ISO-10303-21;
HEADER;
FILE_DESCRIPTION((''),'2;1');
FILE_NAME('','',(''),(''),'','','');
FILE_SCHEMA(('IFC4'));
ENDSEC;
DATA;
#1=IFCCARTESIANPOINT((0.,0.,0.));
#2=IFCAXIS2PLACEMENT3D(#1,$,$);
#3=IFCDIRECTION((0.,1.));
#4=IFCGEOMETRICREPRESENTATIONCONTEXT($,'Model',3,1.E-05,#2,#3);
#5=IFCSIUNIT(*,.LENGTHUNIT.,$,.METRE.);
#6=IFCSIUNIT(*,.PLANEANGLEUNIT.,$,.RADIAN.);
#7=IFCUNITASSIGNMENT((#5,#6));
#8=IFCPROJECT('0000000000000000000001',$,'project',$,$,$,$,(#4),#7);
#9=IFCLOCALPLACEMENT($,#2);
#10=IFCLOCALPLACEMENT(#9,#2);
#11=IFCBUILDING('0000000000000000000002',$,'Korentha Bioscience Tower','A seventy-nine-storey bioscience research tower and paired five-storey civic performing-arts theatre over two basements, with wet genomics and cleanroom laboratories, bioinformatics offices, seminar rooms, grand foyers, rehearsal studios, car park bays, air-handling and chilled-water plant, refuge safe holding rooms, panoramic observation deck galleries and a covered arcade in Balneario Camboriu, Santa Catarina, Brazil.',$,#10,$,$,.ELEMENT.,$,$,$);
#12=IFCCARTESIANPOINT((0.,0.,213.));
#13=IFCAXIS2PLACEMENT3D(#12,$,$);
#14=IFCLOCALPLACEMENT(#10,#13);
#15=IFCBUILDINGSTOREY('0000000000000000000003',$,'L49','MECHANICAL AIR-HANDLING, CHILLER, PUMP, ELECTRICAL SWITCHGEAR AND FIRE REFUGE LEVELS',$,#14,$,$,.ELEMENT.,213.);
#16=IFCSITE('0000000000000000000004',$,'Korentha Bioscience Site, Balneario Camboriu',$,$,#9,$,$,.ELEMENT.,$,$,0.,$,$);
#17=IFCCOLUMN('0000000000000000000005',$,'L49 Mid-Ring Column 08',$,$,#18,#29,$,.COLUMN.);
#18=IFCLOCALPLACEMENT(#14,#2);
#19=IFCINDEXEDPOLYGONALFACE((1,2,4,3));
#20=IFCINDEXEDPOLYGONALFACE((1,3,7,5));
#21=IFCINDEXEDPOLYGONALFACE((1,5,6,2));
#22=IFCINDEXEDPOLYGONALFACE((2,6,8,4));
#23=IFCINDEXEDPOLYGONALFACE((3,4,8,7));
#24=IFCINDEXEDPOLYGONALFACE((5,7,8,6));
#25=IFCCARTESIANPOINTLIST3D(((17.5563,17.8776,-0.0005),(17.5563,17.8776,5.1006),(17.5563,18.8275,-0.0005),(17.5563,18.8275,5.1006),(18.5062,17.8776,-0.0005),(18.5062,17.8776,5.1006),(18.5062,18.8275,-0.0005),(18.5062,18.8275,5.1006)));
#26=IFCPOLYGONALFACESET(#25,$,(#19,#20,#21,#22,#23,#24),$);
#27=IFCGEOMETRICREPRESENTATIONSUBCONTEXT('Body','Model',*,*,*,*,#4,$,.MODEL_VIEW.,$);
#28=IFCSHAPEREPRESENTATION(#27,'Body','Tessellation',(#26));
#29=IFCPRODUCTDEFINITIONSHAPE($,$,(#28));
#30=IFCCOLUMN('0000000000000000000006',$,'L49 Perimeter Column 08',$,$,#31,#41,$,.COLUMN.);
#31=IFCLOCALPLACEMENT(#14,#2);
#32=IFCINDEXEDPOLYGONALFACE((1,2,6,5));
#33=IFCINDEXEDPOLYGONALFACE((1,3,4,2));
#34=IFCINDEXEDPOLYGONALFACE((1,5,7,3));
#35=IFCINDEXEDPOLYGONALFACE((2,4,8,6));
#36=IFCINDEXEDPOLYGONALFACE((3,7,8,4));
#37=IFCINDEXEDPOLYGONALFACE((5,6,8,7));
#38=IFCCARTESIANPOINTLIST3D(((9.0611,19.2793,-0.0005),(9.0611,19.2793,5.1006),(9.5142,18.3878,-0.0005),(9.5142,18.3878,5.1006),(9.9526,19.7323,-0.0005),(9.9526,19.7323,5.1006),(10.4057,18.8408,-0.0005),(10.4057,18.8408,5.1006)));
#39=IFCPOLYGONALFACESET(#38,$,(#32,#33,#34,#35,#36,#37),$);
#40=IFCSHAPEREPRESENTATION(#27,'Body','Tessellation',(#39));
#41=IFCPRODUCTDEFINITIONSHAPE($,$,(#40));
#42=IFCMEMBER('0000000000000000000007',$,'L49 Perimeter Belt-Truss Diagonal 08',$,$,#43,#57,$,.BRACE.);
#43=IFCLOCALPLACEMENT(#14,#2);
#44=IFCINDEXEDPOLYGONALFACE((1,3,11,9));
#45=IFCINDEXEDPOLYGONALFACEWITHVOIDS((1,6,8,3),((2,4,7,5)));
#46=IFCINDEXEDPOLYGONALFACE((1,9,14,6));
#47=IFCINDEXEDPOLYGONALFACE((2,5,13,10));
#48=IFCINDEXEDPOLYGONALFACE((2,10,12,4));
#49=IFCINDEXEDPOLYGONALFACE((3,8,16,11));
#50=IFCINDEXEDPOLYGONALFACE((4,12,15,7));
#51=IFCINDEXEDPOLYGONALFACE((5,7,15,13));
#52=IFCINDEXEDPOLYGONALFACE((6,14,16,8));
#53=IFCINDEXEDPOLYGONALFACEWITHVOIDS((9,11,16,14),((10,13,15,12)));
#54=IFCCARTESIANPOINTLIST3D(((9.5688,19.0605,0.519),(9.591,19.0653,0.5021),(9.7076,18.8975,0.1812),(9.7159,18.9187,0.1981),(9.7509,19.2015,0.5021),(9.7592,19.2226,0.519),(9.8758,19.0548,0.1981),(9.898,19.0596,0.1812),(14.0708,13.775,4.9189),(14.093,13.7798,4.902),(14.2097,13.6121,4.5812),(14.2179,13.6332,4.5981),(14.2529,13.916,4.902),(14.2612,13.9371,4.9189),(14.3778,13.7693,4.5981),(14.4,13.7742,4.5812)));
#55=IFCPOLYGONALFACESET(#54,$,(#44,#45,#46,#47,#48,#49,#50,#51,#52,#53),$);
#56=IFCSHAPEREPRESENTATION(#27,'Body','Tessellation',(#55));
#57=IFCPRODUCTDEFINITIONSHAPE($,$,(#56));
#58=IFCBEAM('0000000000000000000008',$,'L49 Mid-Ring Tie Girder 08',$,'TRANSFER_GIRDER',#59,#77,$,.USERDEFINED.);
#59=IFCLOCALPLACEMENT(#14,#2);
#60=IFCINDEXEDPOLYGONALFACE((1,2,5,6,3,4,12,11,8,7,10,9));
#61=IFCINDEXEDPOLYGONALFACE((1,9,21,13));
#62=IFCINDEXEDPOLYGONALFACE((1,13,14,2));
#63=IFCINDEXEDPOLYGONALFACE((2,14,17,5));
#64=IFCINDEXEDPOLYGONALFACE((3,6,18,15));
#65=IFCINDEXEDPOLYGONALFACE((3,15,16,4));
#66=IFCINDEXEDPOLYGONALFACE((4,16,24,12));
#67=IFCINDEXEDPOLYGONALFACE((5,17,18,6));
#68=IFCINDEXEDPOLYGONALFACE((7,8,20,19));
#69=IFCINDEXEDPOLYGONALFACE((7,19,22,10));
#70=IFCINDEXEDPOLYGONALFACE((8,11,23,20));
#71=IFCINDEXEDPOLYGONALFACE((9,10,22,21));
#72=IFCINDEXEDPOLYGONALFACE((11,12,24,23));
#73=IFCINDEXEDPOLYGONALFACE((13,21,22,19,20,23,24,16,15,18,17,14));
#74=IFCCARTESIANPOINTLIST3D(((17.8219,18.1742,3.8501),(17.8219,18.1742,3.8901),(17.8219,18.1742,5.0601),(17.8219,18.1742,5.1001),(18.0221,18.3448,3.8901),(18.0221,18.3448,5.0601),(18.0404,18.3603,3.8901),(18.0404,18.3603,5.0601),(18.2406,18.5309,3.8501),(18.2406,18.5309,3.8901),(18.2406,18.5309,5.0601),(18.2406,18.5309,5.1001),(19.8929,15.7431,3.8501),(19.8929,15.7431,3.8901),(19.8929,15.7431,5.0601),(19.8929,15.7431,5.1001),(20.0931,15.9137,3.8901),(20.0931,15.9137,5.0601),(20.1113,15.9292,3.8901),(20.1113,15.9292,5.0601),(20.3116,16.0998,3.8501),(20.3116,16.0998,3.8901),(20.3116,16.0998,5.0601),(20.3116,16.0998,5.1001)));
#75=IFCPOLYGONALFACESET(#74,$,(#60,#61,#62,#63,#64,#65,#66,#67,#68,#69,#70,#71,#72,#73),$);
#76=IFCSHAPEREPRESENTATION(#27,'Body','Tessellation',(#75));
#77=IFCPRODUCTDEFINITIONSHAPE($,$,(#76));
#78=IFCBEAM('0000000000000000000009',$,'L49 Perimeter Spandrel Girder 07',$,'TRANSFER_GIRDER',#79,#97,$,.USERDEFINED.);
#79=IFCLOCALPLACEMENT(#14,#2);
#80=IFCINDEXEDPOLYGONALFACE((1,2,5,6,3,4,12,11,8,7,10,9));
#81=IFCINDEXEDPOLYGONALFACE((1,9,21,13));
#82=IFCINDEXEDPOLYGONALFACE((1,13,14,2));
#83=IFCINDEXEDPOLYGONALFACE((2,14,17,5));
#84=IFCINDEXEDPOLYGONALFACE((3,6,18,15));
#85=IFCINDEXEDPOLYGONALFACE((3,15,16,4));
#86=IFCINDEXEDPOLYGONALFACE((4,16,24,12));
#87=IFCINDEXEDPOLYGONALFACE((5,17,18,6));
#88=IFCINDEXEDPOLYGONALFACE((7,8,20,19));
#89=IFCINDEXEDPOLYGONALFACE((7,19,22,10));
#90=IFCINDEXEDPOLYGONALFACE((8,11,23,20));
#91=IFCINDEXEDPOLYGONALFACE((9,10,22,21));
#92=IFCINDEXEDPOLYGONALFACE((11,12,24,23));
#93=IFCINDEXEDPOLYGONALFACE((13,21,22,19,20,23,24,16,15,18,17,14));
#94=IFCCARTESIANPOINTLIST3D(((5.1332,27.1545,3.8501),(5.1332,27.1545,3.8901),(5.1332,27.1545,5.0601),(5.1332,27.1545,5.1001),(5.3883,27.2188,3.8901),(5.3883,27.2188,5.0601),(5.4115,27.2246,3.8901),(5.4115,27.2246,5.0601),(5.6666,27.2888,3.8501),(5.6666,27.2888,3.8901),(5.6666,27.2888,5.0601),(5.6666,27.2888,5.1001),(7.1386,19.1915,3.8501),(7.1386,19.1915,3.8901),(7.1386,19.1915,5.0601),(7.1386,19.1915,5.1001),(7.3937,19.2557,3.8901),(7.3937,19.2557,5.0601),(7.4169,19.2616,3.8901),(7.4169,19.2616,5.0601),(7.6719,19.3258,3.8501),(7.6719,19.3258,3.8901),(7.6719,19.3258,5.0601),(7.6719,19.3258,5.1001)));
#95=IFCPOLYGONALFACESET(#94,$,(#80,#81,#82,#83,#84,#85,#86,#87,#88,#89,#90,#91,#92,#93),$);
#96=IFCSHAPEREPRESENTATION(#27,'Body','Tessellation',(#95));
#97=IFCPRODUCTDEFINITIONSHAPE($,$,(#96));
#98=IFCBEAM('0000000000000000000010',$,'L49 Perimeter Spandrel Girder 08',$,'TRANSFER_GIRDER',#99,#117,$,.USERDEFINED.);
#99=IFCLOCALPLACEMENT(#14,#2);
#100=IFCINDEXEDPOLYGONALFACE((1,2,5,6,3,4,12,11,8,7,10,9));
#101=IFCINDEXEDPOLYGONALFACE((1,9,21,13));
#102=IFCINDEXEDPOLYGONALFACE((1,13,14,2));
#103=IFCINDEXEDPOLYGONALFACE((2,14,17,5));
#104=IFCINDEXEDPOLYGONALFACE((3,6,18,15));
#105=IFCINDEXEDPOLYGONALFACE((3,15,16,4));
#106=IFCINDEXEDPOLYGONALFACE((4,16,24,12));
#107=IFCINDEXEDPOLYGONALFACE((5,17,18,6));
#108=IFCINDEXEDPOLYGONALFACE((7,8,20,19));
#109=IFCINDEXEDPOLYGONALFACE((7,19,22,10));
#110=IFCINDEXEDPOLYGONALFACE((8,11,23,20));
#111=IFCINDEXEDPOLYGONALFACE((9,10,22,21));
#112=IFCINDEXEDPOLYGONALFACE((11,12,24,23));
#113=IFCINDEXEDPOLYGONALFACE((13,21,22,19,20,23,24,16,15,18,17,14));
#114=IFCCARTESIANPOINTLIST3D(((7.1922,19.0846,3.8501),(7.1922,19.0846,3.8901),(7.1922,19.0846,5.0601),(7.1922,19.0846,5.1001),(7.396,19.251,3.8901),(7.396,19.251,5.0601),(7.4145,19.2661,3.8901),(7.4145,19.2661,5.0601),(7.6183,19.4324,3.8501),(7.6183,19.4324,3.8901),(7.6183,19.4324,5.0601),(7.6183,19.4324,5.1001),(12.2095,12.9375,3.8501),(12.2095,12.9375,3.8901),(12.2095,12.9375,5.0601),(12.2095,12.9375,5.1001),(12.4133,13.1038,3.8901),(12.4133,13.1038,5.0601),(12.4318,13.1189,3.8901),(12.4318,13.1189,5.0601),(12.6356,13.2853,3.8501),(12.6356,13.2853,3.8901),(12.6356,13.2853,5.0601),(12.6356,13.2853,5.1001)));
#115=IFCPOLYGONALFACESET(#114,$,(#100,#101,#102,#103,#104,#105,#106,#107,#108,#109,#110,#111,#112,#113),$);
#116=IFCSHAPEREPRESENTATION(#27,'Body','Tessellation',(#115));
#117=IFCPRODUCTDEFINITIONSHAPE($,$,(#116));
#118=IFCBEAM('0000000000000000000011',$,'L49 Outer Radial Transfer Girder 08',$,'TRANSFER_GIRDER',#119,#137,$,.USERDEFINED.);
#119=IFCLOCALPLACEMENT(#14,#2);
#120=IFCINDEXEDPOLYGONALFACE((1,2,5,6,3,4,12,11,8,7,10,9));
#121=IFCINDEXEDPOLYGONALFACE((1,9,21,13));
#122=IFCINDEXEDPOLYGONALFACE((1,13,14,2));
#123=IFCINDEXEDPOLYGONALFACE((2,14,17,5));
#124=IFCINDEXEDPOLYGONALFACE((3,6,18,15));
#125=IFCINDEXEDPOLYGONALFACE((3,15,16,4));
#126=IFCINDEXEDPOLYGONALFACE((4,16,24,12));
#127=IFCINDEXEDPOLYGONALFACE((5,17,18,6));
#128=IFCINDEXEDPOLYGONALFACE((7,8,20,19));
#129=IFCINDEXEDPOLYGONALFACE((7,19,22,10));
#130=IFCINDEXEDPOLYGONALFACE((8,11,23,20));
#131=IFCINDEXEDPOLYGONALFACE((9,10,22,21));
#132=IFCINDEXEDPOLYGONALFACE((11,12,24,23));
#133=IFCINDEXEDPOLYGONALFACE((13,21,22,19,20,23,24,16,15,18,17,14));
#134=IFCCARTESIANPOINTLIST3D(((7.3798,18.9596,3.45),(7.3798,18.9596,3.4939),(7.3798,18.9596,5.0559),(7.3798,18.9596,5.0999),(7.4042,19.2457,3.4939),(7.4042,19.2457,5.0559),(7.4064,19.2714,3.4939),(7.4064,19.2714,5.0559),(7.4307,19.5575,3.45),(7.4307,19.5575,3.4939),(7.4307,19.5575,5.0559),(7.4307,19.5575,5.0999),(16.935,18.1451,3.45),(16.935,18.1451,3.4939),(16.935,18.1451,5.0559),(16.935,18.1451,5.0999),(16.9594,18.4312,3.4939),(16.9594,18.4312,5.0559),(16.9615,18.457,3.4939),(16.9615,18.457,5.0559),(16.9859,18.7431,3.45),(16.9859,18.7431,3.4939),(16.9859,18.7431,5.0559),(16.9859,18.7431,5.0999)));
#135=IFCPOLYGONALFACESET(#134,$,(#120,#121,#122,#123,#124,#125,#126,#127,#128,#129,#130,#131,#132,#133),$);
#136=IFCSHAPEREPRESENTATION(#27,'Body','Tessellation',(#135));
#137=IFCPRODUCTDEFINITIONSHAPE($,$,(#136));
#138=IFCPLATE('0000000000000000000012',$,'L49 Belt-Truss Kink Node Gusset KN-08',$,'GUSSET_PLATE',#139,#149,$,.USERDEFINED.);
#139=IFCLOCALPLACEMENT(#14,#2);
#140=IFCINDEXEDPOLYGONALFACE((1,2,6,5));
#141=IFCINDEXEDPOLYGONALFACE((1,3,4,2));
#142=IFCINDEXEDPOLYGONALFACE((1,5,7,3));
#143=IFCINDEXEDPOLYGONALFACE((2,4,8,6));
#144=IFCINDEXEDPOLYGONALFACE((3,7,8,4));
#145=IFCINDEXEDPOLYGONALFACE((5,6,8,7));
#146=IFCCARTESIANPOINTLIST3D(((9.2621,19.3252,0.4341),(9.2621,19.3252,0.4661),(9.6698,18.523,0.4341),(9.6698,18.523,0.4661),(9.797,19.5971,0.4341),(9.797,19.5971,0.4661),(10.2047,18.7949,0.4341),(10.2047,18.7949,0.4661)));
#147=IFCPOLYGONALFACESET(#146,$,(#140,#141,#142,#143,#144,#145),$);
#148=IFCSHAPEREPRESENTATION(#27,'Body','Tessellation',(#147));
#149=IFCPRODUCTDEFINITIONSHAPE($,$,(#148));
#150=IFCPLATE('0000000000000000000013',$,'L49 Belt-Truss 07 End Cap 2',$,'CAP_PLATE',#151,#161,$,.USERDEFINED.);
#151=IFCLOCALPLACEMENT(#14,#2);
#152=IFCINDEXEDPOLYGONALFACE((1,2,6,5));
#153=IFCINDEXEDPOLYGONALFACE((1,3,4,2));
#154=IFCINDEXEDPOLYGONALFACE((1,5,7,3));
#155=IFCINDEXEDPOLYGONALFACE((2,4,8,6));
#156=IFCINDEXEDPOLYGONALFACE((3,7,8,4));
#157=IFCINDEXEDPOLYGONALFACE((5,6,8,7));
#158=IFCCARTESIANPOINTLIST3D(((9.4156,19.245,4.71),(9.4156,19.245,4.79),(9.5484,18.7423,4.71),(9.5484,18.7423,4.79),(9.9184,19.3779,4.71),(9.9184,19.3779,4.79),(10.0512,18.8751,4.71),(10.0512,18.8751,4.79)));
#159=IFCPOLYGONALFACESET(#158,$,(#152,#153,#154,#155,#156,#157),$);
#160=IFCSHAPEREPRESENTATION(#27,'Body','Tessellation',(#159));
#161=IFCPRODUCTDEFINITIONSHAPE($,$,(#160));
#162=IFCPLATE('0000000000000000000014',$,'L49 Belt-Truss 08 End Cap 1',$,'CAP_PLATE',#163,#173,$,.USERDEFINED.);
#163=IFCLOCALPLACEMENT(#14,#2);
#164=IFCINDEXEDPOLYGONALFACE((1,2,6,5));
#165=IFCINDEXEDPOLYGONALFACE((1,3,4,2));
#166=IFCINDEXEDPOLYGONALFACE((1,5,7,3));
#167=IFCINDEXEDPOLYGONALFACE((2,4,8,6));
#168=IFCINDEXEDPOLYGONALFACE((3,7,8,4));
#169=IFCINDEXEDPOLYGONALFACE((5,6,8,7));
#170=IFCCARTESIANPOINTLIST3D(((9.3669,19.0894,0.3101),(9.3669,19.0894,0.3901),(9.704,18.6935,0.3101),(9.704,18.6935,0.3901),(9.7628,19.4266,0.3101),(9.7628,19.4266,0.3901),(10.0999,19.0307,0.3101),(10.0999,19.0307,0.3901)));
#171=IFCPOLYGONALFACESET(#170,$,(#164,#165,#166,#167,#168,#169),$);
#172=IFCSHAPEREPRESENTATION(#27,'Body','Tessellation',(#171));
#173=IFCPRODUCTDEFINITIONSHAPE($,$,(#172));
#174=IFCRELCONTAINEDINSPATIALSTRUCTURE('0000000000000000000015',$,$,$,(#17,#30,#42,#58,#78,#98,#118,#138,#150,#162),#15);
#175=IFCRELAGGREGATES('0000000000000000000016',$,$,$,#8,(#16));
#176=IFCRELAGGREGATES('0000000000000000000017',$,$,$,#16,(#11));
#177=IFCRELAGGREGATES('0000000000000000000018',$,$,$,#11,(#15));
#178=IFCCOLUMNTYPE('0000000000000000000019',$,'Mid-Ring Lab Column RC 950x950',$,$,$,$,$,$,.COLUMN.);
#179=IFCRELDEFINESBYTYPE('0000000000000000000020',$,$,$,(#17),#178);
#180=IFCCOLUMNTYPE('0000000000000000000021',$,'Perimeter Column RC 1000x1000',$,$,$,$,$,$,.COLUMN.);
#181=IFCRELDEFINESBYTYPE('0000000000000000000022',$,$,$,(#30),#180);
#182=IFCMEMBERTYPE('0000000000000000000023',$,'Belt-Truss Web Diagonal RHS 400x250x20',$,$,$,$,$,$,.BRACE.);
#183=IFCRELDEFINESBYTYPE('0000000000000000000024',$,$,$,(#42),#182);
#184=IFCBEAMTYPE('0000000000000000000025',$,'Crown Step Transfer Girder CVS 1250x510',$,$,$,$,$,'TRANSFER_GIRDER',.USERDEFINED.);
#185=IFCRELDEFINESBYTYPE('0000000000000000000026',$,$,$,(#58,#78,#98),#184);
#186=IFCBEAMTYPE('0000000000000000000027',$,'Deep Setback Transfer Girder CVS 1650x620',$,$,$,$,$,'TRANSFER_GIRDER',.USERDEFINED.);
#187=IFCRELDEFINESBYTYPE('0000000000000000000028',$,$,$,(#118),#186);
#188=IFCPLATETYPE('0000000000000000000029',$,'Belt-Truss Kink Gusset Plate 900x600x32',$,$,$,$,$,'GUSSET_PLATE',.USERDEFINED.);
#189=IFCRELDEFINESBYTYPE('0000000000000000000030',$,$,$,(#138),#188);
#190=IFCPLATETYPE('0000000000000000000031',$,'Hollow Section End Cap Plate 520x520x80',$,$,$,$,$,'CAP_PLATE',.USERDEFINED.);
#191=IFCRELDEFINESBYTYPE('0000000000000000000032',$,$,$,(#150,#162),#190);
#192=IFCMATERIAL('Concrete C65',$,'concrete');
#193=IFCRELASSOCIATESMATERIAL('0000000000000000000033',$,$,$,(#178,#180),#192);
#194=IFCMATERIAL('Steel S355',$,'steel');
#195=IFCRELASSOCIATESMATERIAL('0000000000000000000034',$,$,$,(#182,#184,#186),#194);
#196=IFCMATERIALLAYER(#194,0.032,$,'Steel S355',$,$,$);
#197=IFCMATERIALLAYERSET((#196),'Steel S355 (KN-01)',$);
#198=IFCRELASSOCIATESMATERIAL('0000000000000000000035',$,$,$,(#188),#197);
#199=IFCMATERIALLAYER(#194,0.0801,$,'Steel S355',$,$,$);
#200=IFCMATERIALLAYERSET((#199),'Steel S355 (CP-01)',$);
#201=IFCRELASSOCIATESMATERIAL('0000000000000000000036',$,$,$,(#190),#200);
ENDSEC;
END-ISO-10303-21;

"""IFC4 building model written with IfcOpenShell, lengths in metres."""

from ifc_helpers import new_model, si_unit, direction, frame, origin, origin_2d, place, context, subcontext, project, spatial, rectangle, hollow_rectangle, i_section, extrude, material, layer, layer_set, material_profile, profile_set, type_object, element, save


model = new_model("IFC4")

# Units and contexts
model_context = context("Model", 3, precision=1e-05, world=origin(), true_north=direction((0.0, 1.0)))
body_context = subcontext(model_context, "Body", "Model", "MODEL_VIEW")
ifc_project = project(units=[si_unit("LENGTHUNIT", "METRE"), si_unit("PLANEANGLEUNIT", "RADIAN")], contexts=[model_context])

# Site, building, storey
site_placement = place(None, origin())
site = spatial("IfcSite", under=ifc_project, at=site_placement, Name="Korentha Bioscience Site, Balneario Camboriu", CompositionType="ELEMENT", RefElevation=0.0)
building_placement = place(site_placement, origin())
building = spatial("IfcBuilding", under=site, at=building_placement, Name="Korentha Bioscience Tower", Description="A seventy-nine-storey bioscience research tower and paired five-storey civic performing-arts theatre over two basements, with wet genomics and cleanroom laboratories, bioinformatics offices, seminar rooms, grand foyers, rehearsal studios, car park bays, air-handling and chilled-water plant, refuge safe holding rooms, panoramic observation deck galleries and a covered arcade in Balneario Camboriu, Santa Catarina, Brazil.", CompositionType="ELEMENT")
storey_placement = place(building_placement, frame((0.0, 0.0, 213.0)))
storey = spatial("IfcBuildingStorey", under=building, at=storey_placement, Name="L49", Description="MECHANICAL AIR-HANDLING, CHILLER, PUMP, ELECTRICAL SWITCHGEAR AND FIRE REFUGE LEVELS", CompositionType="ELEMENT", Elevation=213.0)

# Columns
ifc_material_1 = material(Name="Concrete C65", Category="concrete")
ifc_material_profile_1 = material_profile(ifc_material_1, rectangle(XDim=0.95, YDim=0.95, at=origin_2d()), Name="Concrete C65")
ifc_profile_set_1 = profile_set([ifc_material_profile_1], Name="Concrete C65 (COL-MR09)")
column_type_1 = type_object("IfcColumnType", Name="Mid-Ring Lab Column RC 950x950", PredefinedType="COLUMN", material=ifc_profile_set_1)
column_1_placement = place(storey_placement, frame((18.0312, 18.3525, -0.0005), z_axis=(0.0, 0.0, 1.0), x_axis=(1.0, 0.0, 0.0)))
element("IfcColumn", 1, at=column_1_placement, inside=storey, type_object=column_type_1, Name="L49 Mid-Ring Column 08", PredefinedType="COLUMN", context=body_context, shape_type="SweptSolid", body=[
    extrude(rectangle(XDim=0.95, YDim=0.95, at=origin_2d()), origin(), (0.0, 0.0, 1.0), 5.1011),
])
ifc_material_profile_2 = material_profile(ifc_material_1, rectangle(XDim=1.0, YDim=1.0, at=origin_2d()), Name="Concrete C65")
ifc_profile_set_2 = profile_set([ifc_material_profile_2], Name="Concrete C65 (COL-P10)")
column_type_2 = type_object("IfcColumnType", Name="Perimeter Column RC 1000x1000", PredefinedType="COLUMN", material=ifc_profile_set_2)
column_2_placement = place(storey_placement, frame((9.7334, 19.0601, -0.0005), z_axis=(0.0, 0.0, 1.0), x_axis=(-0.453057, 0.891481, 0.0)))
element("IfcColumn", 2, at=column_2_placement, inside=storey, type_object=column_type_2, Name="L49 Perimeter Column 08", PredefinedType="COLUMN", context=body_context, shape_type="SweptSolid", body=[
    extrude(rectangle(XDim=1.0, YDim=1.0, at=origin_2d()), origin(), (0.0, 0.0, 1.0), 5.1011),
])

# Member
ifc_material_2 = material(Name="Steel S355", Category="steel")
ifc_material_profile_3 = material_profile(ifc_material_2, hollow_rectangle(XDim=0.25, YDim=0.3999, WallThickness=0.02, at=origin_2d()), Name="Steel S355")
ifc_profile_set_3 = profile_set([ifc_material_profile_3], Name="Steel S355 (BT-D400)")
member_type = type_object("IfcMemberType", Name="Belt-Truss Web Diagonal RHS 400x250x20", PredefinedType="BRACE", material=ifc_profile_set_3)
member_placement = place(storey_placement, frame((9.7334, 19.0601, 0.3501), z_axis=(0.547708, -0.643022, 0.535293), x_axis=(0.761273, 0.648431, 0.0)))
element("IfcMember", 3, at=member_placement, inside=storey, type_object=member_type, Name="L49 Perimeter Belt-Truss Diagonal 08", PredefinedType="BRACE", context=body_context, shape_type="SweptSolid", body=[
    extrude(hollow_rectangle(XDim=0.25, YDim=0.3999, WallThickness=0.02, at=origin_2d()), origin(), (0.0, 0.0, 1.0), 8.2197),
])

# Beams
ifc_material_profile_4 = material_profile(ifc_material_2, i_section(OverallWidth=0.55, OverallDepth=1.25, WebThickness=0.0239, FlangeThickness=0.04, at=origin_2d()), Name="Steel S355")
ifc_profile_set_4 = profile_set([ifc_material_profile_4], Name="Steel S355 (TG-03)")
beam_type_1 = type_object("IfcBeamType", Name="Crown Step Transfer Girder CVS 1250x510", ElementType="TRANSFER_GIRDER", PredefinedType="USERDEFINED", material=ifc_profile_set_4)
beam_1_placement = place(storey_placement, frame((18.0312, 18.3525, 4.4751), z_axis=(0.648478, -0.761233, 0.0), x_axis=(0.761233, 0.648478, 0.0)))
element("IfcBeam", 4, at=beam_1_placement, inside=storey, type_object=beam_type_1, Name="L49 Mid-Ring Tie Girder 08", ObjectType="TRANSFER_GIRDER", PredefinedType="USERDEFINED", context=body_context, shape_type="SweptSolid", body=[
    extrude(i_section(OverallWidth=0.55, OverallDepth=1.25, WebThickness=0.0239, FlangeThickness=0.04, at=origin_2d()), origin(), (0.0, 0.0, 1.0), 3.1936),
])
beam_2_placement = place(storey_placement, frame((5.3999, 27.2217, 4.4751), z_axis=(0.244207, -0.969723, 0.0), x_axis=(0.969723, 0.244207, 0.0)))
element("IfcBeam", 5, at=beam_2_placement, inside=storey, type_object=beam_type_1, Name="L49 Perimeter Spandrel Girder 07", ObjectType="TRANSFER_GIRDER", PredefinedType="USERDEFINED", context=body_context, shape_type="SweptSolid", body=[
    extrude(i_section(OverallWidth=0.55, OverallDepth=1.25, WebThickness=0.0239, FlangeThickness=0.04, at=origin_2d()), origin(), (0.0, 0.0, 1.0), 8.2117),
])
beam_3_placement = place(storey_placement, frame((7.4053, 19.2585, 4.4751), z_axis=(0.632316, -0.774711, 0.0), x_axis=(0.774711, 0.632316, 0.0)))
element("IfcBeam", 6, at=beam_3_placement, inside=storey, type_object=beam_type_1, Name="L49 Perimeter Spandrel Girder 08", ObjectType="TRANSFER_GIRDER", PredefinedType="USERDEFINED", context=body_context, shape_type="SweptSolid", body=[
    extrude(i_section(OverallWidth=0.55, OverallDepth=1.25, WebThickness=0.0239, FlangeThickness=0.04, at=origin_2d()), origin(), (0.0, 0.0, 1.0), 7.9348),
])
ifc_material_profile_5 = material_profile(ifc_material_2, i_section(OverallWidth=0.6001, OverallDepth=1.6499, WebThickness=0.0259, FlangeThickness=0.0439, at=origin_2d()), Name="Steel S355")
ifc_profile_set_5 = profile_set([ifc_material_profile_5], Name="Steel S355 (TG-04)")
beam_type_2 = type_object("IfcBeamType", Name="Deep Setback Transfer Girder CVS 1650x620", ElementType="TRANSFER_GIRDER", PredefinedType="USERDEFINED", material=ifc_profile_set_5)
beam_4_placement = place(storey_placement, frame((16.9604, 18.4441, 4.2749), z_axis=(-0.996387, 0.084929, 0.0), x_axis=(-0.084929, -0.996387, 0.0)))
element("IfcBeam", 7, at=beam_4_placement, inside=storey, type_object=beam_type_2, Name="L49 Outer Radial Transfer Girder 08", ObjectType="TRANSFER_GIRDER", PredefinedType="USERDEFINED", context=body_context, shape_type="SweptSolid", body=[
    extrude(i_section(OverallWidth=0.6001, OverallDepth=1.6499, WebThickness=0.0259, FlangeThickness=0.0439, at=origin_2d()), origin(), (0.0, 0.0, 1.0), 9.5898),
])

# Plates
ifc_layer_1 = layer(ifc_material_2, 0.032, Name="Steel S355")
ifc_layer_set_1 = layer_set([ifc_layer_1], Name="Steel S355 (KN-01)")
plate_type_1 = type_object("IfcPlateType", Name="Belt-Truss Kink Gusset Plate 900x600x32", ElementType="GUSSET_PLATE", PredefinedType="USERDEFINED", material=ifc_layer_set_1)
plate_placement = place(storey_placement, frame((9.7334, 19.0601, 0.4341), z_axis=(0.0, 0.0, 1.0), x_axis=(-0.453057, 0.891481, 0.0)))
element("IfcPlate", 8, at=plate_placement, inside=storey, type_object=plate_type_1, Name="L49 Belt-Truss Kink Node Gusset KN-08", ObjectType="GUSSET_PLATE", PredefinedType="USERDEFINED", context=body_context, shape_type="SweptSolid", body=[
    extrude(rectangle(XDim=0.8999, YDim=0.6001, at=origin_2d()), origin(), (0.0, 0.0, 1.0), 0.032),
])
ifc_layer_2 = layer(ifc_material_2, 0.0801, Name="Steel S355")
ifc_layer_set_2 = layer_set([ifc_layer_2], Name="Steel S355 (CP-01)")
plate_type_2 = type_object("IfcPlateType", Name="Hollow Section End Cap Plate 520x520x80", ElementType="CAP_PLATE", PredefinedType="USERDEFINED", material=ifc_layer_set_2)
for number, where, z_axis, x_axis, name in (
    (9, (9.7334, 19.0601, 4.71), (0.0, 0.0, 1.0), (-0.255446, 0.966823, 0.0), "L49 Belt-Truss 07 End Cap 2"),
    (10, (9.7334, 19.0601, 0.3101), (0.0, 0.0, 1.0), (-0.648386, 0.761312, 0.0), "L49 Belt-Truss 08 End Cap 1"),
):
    element("IfcPlate", number, at=place(storey_placement, frame(where, z_axis=z_axis, x_axis=x_axis)), inside=storey, type_object=plate_type_2, Name=name, ObjectType="CAP_PLATE", PredefinedType="USERDEFINED", context=body_context, shape_type="SweptSolid", body=[
        extrude(rectangle(XDim=0.52, YDim=0.52, at=origin_2d()), origin(), (0.0, 0.0, 1.0), 0.0801),
    ])

save(model, "model.ifc")
